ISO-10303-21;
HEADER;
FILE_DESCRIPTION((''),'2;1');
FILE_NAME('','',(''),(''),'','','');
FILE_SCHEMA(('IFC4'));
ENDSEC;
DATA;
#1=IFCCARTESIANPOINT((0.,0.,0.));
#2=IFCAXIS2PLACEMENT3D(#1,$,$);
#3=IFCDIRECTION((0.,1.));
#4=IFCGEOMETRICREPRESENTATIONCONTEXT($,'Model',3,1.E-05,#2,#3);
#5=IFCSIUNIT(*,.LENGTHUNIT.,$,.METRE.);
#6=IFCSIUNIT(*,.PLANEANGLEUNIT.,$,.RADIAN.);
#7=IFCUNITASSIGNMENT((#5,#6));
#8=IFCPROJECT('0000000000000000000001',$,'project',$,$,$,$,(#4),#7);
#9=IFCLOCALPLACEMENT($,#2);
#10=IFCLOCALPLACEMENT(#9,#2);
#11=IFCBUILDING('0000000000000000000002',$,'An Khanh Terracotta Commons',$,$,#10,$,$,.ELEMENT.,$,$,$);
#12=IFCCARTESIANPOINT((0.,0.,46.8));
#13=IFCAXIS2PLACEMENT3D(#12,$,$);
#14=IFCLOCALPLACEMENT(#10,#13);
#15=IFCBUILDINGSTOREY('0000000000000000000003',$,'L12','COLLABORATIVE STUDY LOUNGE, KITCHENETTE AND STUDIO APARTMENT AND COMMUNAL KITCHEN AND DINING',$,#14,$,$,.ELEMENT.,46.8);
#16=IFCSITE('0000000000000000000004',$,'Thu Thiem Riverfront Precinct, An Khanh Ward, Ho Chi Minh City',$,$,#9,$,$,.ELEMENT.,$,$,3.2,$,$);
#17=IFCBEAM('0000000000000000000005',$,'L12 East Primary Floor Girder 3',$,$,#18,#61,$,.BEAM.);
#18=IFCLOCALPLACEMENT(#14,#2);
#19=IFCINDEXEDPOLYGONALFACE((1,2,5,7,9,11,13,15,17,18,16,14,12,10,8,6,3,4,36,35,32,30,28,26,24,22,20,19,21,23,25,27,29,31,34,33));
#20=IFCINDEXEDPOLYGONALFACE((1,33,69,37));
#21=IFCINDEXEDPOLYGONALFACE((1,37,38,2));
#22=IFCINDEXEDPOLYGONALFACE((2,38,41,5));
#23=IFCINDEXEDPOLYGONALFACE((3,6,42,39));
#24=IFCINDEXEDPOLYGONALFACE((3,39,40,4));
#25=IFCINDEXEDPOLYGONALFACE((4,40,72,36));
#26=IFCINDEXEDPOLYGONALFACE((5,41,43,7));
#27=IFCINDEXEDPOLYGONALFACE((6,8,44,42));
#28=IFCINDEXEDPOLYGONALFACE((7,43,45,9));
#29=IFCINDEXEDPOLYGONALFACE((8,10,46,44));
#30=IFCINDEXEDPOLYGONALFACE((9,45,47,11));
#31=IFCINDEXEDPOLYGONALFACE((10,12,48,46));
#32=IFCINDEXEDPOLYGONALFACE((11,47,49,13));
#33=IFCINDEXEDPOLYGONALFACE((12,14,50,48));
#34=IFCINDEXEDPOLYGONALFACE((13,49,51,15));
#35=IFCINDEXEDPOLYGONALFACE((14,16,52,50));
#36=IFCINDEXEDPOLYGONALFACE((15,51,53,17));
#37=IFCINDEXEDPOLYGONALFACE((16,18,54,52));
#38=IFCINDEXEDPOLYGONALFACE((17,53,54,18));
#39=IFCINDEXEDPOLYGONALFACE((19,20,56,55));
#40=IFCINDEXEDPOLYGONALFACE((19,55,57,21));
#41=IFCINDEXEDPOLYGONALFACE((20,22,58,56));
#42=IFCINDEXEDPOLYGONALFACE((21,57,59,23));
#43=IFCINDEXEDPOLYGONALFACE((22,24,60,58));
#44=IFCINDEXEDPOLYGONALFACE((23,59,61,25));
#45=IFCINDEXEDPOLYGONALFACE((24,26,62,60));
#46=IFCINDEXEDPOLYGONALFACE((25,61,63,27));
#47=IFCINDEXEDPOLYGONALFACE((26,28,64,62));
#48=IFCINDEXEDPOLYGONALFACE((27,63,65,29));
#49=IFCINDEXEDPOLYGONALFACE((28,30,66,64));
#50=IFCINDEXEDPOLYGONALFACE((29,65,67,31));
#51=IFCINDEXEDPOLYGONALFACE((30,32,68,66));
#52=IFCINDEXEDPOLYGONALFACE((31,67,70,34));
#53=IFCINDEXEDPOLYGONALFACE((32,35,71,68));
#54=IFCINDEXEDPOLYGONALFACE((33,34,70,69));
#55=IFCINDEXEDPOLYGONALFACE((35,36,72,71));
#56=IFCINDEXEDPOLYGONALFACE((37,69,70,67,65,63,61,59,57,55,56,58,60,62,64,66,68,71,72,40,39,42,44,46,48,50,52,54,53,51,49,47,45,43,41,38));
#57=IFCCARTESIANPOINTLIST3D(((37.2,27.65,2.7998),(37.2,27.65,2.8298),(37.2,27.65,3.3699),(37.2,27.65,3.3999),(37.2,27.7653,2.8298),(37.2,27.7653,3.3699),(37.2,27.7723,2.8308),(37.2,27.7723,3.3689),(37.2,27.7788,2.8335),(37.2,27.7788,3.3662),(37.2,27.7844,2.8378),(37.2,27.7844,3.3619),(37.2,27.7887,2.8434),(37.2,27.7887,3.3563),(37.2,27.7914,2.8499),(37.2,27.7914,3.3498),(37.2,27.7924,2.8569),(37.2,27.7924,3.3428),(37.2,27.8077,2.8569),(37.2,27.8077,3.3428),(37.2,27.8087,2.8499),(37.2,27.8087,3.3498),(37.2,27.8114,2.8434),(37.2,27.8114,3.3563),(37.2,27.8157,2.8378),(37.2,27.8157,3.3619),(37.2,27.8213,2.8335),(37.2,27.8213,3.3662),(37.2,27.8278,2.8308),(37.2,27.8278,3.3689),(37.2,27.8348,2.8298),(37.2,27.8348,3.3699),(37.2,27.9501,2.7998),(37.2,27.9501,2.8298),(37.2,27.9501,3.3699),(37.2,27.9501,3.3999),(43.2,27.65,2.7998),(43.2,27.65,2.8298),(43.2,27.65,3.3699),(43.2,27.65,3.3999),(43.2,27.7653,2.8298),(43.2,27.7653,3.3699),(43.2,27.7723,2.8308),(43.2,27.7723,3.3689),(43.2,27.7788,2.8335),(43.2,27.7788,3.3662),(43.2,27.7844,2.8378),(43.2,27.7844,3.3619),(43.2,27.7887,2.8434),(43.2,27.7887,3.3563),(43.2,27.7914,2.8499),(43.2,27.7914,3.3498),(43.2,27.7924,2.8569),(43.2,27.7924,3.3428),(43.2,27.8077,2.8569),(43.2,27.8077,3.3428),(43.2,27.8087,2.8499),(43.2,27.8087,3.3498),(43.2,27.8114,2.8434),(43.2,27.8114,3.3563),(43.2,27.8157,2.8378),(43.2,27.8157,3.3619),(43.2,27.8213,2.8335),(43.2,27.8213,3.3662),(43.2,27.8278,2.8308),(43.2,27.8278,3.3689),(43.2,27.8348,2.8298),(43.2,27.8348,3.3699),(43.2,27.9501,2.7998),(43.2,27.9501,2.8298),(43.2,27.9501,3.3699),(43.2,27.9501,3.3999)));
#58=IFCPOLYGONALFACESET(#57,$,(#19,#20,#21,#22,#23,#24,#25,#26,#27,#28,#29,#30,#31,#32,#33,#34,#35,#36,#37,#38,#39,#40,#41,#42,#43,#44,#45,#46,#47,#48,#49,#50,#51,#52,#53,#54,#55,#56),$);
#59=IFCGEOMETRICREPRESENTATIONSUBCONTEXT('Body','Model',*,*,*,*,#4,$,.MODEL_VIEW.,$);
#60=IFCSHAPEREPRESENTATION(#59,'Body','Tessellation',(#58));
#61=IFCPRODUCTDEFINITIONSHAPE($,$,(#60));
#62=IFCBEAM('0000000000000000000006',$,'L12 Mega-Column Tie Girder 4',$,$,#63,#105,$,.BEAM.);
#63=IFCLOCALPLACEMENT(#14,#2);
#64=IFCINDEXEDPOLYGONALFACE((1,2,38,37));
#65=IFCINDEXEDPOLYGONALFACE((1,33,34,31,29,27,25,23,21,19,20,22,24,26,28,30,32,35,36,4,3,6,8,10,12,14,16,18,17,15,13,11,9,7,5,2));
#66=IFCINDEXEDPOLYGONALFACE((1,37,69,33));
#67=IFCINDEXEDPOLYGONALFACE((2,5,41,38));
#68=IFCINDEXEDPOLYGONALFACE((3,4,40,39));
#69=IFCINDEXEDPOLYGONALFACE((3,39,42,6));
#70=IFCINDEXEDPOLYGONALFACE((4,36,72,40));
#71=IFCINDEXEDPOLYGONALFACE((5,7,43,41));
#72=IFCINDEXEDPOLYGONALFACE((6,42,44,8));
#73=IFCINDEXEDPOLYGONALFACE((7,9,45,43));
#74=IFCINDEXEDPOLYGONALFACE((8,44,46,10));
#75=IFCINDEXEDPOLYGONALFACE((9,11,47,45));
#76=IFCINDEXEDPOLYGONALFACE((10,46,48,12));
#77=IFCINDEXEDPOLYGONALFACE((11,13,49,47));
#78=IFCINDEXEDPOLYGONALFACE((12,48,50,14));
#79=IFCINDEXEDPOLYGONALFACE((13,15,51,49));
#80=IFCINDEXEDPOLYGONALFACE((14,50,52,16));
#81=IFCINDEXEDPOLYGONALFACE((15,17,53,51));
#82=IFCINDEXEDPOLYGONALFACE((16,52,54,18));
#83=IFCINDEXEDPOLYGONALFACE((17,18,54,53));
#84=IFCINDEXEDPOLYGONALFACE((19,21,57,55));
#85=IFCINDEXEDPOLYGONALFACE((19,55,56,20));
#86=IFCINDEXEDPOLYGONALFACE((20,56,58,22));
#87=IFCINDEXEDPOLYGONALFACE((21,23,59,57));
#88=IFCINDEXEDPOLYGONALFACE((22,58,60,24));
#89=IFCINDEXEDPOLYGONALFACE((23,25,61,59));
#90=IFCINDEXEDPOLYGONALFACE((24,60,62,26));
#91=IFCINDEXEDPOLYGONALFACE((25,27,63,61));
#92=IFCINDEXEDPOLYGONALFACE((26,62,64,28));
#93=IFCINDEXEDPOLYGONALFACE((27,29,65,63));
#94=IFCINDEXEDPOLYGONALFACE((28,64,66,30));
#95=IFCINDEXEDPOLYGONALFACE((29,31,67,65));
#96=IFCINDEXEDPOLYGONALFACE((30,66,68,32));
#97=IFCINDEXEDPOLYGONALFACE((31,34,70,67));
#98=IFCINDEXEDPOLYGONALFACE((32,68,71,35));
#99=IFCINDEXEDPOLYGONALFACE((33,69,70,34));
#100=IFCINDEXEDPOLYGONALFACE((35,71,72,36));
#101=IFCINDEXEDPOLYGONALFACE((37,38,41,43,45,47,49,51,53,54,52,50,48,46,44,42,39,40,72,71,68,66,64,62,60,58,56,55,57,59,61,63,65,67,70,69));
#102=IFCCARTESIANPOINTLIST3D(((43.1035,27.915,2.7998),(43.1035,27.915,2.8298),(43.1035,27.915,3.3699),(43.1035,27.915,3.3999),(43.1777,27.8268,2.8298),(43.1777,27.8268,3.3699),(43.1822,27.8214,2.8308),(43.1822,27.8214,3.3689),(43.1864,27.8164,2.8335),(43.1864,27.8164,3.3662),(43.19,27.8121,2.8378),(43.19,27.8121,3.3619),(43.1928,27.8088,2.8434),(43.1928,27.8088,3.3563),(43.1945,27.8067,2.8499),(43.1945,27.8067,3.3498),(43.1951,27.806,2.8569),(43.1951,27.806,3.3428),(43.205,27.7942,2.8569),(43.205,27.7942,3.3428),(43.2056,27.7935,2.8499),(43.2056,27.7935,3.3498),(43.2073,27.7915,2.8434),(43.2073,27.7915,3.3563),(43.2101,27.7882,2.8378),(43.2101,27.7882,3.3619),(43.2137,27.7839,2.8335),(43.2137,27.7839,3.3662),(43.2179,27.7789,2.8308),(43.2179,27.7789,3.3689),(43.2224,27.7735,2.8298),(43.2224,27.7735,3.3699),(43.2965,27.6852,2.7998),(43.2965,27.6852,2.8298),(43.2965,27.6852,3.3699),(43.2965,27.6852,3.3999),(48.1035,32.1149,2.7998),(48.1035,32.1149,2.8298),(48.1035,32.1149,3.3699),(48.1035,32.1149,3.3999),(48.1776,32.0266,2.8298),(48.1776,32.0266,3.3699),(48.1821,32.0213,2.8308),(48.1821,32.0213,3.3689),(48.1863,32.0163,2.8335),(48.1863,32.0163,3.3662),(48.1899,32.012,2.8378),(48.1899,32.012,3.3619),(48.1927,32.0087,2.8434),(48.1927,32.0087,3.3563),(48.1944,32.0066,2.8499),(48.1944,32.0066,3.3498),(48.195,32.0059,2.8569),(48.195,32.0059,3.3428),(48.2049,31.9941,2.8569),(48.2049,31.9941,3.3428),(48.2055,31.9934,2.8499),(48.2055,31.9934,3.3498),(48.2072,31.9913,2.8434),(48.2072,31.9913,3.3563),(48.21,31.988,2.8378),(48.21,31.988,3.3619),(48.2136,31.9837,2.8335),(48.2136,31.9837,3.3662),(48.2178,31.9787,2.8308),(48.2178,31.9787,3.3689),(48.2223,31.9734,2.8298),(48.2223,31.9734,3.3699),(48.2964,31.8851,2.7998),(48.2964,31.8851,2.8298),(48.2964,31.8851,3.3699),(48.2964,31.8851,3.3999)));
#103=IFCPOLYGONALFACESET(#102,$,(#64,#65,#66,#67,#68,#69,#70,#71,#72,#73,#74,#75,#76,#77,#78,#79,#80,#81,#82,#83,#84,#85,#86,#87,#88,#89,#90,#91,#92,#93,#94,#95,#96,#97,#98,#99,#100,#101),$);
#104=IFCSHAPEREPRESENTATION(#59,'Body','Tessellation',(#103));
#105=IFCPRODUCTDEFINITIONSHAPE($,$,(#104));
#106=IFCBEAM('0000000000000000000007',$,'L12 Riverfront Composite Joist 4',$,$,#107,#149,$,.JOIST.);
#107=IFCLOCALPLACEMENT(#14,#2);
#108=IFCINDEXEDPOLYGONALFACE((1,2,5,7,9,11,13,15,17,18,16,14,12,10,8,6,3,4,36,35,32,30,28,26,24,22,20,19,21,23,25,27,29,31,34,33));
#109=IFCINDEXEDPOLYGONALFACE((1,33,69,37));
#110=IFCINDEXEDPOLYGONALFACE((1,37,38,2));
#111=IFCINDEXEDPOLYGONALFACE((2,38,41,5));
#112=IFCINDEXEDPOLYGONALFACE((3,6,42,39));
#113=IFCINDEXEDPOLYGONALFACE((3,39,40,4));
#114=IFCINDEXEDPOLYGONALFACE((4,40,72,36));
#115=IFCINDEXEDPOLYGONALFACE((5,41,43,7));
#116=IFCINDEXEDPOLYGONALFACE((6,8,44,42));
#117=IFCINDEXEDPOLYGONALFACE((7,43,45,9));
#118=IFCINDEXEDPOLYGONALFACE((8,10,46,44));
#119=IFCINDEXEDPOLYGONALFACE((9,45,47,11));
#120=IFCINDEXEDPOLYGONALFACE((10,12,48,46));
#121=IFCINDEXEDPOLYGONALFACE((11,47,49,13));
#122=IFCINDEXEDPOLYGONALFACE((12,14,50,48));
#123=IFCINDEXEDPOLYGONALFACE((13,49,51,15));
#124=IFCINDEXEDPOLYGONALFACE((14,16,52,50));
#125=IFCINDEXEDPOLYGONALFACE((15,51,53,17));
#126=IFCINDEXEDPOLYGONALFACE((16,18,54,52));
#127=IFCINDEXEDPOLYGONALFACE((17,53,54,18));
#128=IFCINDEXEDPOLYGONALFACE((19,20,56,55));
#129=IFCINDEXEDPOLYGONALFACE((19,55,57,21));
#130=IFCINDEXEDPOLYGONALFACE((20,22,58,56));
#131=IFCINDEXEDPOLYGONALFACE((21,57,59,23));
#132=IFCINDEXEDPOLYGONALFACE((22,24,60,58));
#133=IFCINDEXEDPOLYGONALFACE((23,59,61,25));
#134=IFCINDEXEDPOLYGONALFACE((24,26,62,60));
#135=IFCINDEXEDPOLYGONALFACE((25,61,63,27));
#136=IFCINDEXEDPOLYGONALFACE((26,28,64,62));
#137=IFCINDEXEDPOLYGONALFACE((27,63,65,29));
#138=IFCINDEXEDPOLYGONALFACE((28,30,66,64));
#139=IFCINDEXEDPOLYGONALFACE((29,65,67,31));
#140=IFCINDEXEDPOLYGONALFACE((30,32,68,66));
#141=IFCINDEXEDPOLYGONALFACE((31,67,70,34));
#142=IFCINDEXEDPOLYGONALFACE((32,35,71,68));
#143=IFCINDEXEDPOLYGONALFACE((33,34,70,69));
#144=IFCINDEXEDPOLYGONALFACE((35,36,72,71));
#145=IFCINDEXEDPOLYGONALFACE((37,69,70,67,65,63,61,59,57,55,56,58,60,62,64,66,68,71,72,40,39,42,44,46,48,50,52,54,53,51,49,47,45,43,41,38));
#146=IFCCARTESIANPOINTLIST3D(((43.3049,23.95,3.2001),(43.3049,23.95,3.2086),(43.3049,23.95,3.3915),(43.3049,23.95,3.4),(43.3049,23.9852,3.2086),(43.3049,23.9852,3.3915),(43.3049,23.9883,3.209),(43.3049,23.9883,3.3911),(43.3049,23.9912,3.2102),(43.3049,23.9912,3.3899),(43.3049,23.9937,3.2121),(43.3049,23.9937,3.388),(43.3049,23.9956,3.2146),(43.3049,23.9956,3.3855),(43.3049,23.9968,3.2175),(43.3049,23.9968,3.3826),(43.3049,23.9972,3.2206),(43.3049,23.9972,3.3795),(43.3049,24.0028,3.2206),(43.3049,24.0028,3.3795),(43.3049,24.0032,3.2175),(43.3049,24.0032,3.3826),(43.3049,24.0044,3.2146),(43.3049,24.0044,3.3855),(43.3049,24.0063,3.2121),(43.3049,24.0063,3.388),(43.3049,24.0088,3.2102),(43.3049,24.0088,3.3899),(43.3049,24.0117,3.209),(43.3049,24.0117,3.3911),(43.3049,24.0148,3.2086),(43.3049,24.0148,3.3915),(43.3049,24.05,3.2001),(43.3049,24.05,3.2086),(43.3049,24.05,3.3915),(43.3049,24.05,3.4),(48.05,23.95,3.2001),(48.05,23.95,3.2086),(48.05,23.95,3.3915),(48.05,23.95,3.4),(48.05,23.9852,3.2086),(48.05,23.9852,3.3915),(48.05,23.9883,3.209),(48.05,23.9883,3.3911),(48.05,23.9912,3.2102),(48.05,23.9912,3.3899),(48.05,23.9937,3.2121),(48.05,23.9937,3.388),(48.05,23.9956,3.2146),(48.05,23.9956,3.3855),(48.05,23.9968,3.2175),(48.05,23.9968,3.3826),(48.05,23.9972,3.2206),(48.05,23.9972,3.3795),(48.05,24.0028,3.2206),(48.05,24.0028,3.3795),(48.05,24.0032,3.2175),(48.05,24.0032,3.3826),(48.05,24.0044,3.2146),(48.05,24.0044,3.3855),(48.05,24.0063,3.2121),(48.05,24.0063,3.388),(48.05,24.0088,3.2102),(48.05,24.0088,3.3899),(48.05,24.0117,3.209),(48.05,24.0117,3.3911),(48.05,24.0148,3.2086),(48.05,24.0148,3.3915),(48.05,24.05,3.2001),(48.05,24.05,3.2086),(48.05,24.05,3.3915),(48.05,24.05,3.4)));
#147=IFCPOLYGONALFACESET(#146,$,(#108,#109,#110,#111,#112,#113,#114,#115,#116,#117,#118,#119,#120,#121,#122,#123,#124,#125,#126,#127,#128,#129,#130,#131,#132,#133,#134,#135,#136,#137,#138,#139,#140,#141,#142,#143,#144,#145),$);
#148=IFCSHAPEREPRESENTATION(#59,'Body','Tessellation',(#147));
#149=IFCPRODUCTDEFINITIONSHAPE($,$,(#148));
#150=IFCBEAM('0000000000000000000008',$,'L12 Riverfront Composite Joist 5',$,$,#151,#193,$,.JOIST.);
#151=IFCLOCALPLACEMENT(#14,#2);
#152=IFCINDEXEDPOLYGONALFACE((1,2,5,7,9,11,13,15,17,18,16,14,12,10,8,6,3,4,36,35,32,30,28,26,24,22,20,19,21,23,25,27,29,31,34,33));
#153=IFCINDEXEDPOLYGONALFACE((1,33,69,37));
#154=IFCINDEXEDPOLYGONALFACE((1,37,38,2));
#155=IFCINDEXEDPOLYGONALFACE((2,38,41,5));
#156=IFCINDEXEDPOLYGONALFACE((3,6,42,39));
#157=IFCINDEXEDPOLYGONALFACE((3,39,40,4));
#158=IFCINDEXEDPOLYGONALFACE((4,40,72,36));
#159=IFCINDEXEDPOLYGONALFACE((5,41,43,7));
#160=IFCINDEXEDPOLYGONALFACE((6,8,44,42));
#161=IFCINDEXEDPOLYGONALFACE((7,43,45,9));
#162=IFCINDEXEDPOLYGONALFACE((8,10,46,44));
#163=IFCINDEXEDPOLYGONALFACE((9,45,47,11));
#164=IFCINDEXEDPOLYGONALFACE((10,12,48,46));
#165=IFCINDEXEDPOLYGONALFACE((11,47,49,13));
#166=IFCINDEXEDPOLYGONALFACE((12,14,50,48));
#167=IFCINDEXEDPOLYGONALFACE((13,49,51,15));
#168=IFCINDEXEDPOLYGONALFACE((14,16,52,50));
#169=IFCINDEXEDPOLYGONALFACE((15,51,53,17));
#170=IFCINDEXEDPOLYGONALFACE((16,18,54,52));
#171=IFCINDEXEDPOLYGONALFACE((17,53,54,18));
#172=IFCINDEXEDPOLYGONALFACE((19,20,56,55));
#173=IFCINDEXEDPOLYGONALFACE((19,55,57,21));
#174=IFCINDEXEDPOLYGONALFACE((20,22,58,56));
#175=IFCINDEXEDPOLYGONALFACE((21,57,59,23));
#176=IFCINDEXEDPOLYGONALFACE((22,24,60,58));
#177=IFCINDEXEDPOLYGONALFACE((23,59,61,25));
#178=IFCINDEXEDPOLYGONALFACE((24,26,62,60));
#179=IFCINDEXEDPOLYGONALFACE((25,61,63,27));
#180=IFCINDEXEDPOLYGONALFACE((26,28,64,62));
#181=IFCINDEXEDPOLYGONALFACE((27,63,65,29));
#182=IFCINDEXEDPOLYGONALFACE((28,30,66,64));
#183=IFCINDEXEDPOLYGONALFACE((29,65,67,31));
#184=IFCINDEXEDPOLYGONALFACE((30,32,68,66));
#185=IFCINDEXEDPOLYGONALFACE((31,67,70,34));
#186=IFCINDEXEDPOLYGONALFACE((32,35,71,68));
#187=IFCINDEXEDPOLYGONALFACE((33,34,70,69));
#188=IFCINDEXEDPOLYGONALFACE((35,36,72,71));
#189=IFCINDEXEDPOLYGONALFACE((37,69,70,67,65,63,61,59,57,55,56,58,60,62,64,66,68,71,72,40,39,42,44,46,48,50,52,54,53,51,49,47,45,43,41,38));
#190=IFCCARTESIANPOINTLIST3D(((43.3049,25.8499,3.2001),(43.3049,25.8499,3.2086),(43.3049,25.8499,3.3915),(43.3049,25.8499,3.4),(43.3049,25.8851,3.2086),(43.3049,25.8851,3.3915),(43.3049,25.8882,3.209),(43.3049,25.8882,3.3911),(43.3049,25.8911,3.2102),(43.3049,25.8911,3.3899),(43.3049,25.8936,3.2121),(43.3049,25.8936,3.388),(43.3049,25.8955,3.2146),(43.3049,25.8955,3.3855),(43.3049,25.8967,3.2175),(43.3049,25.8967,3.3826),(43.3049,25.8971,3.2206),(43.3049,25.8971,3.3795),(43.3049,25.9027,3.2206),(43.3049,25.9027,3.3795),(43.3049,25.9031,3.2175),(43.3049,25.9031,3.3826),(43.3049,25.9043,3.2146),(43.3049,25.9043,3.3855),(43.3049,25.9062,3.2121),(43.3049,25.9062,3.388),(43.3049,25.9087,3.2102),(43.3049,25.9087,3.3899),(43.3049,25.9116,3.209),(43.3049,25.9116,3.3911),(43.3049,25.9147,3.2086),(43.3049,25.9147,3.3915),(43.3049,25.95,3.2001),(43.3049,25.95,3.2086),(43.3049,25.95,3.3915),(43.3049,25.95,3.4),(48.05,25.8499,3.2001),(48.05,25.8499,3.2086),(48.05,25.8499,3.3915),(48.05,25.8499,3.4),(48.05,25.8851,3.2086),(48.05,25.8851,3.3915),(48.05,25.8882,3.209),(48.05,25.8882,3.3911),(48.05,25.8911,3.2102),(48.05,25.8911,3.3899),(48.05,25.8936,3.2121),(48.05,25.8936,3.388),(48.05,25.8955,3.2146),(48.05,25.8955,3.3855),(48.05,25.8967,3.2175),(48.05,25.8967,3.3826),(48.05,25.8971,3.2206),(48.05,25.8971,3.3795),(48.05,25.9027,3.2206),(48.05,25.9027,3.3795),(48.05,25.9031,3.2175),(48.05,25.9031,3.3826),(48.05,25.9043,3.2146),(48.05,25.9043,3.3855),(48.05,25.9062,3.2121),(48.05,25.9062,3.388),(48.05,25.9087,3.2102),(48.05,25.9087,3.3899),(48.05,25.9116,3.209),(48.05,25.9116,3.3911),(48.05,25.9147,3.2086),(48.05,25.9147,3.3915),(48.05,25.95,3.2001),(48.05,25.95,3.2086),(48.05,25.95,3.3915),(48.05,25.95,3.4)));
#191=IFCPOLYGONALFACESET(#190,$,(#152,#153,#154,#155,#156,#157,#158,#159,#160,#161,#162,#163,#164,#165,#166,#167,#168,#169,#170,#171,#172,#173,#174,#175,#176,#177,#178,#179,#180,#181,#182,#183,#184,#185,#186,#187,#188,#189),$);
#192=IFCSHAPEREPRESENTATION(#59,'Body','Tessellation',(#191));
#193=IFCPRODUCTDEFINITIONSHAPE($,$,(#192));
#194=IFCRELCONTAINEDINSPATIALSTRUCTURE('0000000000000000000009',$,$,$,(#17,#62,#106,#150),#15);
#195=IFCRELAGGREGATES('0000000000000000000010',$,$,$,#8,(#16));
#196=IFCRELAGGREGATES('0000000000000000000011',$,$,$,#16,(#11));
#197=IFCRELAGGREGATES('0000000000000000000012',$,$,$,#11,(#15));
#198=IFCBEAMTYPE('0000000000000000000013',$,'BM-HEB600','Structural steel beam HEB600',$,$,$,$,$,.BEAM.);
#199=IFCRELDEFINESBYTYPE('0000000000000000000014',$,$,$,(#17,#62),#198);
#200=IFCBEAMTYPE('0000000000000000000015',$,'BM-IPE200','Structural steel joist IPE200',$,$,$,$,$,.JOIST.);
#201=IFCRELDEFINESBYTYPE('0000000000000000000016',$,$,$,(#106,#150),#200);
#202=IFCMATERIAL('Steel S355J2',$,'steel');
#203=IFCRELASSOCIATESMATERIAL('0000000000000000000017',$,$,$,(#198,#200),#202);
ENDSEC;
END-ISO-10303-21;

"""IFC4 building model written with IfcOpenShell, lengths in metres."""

from ifc_helpers import new_model, si_unit, direction, frame, origin, origin_2d, place, context, subcontext, project, spatial, i_section, extrude, material, material_profile, profile_set, type_object, element, save


model = new_model("IFC4")

# Units and contexts
model_context = context("Model", 3, precision=1e-05, world=origin(), true_north=direction((0.0, 1.0)))
body_context = subcontext(model_context, "Body", "Model", "MODEL_VIEW")
ifc_project = project(units=[si_unit("LENGTHUNIT", "METRE"), si_unit("PLANEANGLEUNIT", "RADIAN")], contexts=[model_context])

# Site, building, storey
site_placement = place(None, origin())
site = spatial("IfcSite", under=ifc_project, at=site_placement, Name="Thu Thiem Riverfront Precinct, An Khanh Ward, Ho Chi Minh City", CompositionType="ELEMENT", RefElevation=3.2)
building_placement = place(site_placement, origin())
building = spatial("IfcBuilding", under=site, at=building_placement, Name="An Khanh Terracotta Commons", CompositionType="ELEMENT")
storey_placement = place(building_placement, frame((0.0, 0.0, 46.8)))
storey = spatial("IfcBuildingStorey", under=building, at=storey_placement, Name="L12", Description="COLLABORATIVE STUDY LOUNGE, KITCHENETTE AND STUDIO APARTMENT AND COMMUNAL KITCHEN AND DINING", CompositionType="ELEMENT", Elevation=46.8)

# Beams
ifc_material_1 = material(Name="Steel S355J2", Category="steel")
ifc_material_profile_1 = material_profile(ifc_material_1, i_section(OverallWidth=0.3, OverallDepth=0.6001, WebThickness=0.0154, FlangeThickness=0.03, FilletRadius=0.0271, at=origin_2d()), Name="HEB600")
ifc_profile_set_1 = profile_set([ifc_material_profile_1], Name="Steel S355J2")
beam_type_1 = type_object("IfcBeamType", Name="BM-HEB600", Description="Structural steel beam HEB600", PredefinedType="BEAM", material=ifc_profile_set_1)
beam_1_placement = place(storey_placement, frame((37.2, 27.8, 3.0999), z_axis=(1.0, 0.0, 0.0), x_axis=(0.0, 1.0, 0.0)))
element("IfcBeam", 1, at=beam_1_placement, inside=storey, type_object=beam_type_1, Name="L12 East Primary Floor Girder 3", PredefinedType="BEAM", context=body_context, shape_type="SweptSolid", body=[
    extrude(i_section(OverallWidth=0.3, OverallDepth=0.6001, WebThickness=0.0154, FlangeThickness=0.03, FilletRadius=0.0271, at=origin_2d()), origin(), (0.0, 0.0, 1.0), 6.0),
])
beam_2_placement = place(storey_placement, frame((48.2, 32.0, 3.0999), z_axis=(-0.765709, -0.643188, 0.0), x_axis=(0.643188, -0.765709, 0.0)))
element("IfcBeam", 2, at=beam_2_placement, inside=storey, type_object=beam_type_1, Name="L12 Mega-Column Tie Girder 4", PredefinedType="BEAM", context=body_context, shape_type="SweptSolid", body=[
    extrude(i_section(OverallWidth=0.3, OverallDepth=0.6001, WebThickness=0.0154, FlangeThickness=0.03, FilletRadius=0.0271, at=origin_2d()), origin(), (0.0, 0.0, 1.0), 6.5298),
])
ifc_material_profile_2 = material_profile(ifc_material_1, i_section(OverallWidth=0.1001, OverallDepth=0.2, WebThickness=0.0056, FlangeThickness=0.0085, FilletRadius=0.012, at=origin_2d()), Name="IPE200")
ifc_profile_set_2 = profile_set([ifc_material_profile_2], Name="Steel S355J2")
beam_type_2 = type_object("IfcBeamType", Name="BM-IPE200", Description="Structural steel joist IPE200", PredefinedType="JOIST", material=ifc_profile_set_2)
for number, where, z_axis, x_axis, name in (
    (3, (43.3049, 24.0, 3.3), (1.0, 0.0, 0.0), (0.0, 1.0, 0.0), "L12 Riverfront Composite Joist 4"),
    (4, (43.3049, 25.8999, 3.3), (1.0, 0.0, 0.0), (0.0, 1.0, 0.0), "L12 Riverfront Composite Joist 5"),
):
    element("IfcBeam", number, at=place(storey_placement, frame(where, z_axis=z_axis, x_axis=x_axis)), inside=storey, type_object=beam_type_2, Name=name, PredefinedType="JOIST", context=body_context, shape_type="SweptSolid", body=[
        extrude(i_section(OverallWidth=0.1001, OverallDepth=0.2, WebThickness=0.0056, FlangeThickness=0.0085, FilletRadius=0.012, at=origin_2d()), origin(), (0.0, 0.0, 1.0), 4.7451),
    ])

save(model, "model.ifc")
